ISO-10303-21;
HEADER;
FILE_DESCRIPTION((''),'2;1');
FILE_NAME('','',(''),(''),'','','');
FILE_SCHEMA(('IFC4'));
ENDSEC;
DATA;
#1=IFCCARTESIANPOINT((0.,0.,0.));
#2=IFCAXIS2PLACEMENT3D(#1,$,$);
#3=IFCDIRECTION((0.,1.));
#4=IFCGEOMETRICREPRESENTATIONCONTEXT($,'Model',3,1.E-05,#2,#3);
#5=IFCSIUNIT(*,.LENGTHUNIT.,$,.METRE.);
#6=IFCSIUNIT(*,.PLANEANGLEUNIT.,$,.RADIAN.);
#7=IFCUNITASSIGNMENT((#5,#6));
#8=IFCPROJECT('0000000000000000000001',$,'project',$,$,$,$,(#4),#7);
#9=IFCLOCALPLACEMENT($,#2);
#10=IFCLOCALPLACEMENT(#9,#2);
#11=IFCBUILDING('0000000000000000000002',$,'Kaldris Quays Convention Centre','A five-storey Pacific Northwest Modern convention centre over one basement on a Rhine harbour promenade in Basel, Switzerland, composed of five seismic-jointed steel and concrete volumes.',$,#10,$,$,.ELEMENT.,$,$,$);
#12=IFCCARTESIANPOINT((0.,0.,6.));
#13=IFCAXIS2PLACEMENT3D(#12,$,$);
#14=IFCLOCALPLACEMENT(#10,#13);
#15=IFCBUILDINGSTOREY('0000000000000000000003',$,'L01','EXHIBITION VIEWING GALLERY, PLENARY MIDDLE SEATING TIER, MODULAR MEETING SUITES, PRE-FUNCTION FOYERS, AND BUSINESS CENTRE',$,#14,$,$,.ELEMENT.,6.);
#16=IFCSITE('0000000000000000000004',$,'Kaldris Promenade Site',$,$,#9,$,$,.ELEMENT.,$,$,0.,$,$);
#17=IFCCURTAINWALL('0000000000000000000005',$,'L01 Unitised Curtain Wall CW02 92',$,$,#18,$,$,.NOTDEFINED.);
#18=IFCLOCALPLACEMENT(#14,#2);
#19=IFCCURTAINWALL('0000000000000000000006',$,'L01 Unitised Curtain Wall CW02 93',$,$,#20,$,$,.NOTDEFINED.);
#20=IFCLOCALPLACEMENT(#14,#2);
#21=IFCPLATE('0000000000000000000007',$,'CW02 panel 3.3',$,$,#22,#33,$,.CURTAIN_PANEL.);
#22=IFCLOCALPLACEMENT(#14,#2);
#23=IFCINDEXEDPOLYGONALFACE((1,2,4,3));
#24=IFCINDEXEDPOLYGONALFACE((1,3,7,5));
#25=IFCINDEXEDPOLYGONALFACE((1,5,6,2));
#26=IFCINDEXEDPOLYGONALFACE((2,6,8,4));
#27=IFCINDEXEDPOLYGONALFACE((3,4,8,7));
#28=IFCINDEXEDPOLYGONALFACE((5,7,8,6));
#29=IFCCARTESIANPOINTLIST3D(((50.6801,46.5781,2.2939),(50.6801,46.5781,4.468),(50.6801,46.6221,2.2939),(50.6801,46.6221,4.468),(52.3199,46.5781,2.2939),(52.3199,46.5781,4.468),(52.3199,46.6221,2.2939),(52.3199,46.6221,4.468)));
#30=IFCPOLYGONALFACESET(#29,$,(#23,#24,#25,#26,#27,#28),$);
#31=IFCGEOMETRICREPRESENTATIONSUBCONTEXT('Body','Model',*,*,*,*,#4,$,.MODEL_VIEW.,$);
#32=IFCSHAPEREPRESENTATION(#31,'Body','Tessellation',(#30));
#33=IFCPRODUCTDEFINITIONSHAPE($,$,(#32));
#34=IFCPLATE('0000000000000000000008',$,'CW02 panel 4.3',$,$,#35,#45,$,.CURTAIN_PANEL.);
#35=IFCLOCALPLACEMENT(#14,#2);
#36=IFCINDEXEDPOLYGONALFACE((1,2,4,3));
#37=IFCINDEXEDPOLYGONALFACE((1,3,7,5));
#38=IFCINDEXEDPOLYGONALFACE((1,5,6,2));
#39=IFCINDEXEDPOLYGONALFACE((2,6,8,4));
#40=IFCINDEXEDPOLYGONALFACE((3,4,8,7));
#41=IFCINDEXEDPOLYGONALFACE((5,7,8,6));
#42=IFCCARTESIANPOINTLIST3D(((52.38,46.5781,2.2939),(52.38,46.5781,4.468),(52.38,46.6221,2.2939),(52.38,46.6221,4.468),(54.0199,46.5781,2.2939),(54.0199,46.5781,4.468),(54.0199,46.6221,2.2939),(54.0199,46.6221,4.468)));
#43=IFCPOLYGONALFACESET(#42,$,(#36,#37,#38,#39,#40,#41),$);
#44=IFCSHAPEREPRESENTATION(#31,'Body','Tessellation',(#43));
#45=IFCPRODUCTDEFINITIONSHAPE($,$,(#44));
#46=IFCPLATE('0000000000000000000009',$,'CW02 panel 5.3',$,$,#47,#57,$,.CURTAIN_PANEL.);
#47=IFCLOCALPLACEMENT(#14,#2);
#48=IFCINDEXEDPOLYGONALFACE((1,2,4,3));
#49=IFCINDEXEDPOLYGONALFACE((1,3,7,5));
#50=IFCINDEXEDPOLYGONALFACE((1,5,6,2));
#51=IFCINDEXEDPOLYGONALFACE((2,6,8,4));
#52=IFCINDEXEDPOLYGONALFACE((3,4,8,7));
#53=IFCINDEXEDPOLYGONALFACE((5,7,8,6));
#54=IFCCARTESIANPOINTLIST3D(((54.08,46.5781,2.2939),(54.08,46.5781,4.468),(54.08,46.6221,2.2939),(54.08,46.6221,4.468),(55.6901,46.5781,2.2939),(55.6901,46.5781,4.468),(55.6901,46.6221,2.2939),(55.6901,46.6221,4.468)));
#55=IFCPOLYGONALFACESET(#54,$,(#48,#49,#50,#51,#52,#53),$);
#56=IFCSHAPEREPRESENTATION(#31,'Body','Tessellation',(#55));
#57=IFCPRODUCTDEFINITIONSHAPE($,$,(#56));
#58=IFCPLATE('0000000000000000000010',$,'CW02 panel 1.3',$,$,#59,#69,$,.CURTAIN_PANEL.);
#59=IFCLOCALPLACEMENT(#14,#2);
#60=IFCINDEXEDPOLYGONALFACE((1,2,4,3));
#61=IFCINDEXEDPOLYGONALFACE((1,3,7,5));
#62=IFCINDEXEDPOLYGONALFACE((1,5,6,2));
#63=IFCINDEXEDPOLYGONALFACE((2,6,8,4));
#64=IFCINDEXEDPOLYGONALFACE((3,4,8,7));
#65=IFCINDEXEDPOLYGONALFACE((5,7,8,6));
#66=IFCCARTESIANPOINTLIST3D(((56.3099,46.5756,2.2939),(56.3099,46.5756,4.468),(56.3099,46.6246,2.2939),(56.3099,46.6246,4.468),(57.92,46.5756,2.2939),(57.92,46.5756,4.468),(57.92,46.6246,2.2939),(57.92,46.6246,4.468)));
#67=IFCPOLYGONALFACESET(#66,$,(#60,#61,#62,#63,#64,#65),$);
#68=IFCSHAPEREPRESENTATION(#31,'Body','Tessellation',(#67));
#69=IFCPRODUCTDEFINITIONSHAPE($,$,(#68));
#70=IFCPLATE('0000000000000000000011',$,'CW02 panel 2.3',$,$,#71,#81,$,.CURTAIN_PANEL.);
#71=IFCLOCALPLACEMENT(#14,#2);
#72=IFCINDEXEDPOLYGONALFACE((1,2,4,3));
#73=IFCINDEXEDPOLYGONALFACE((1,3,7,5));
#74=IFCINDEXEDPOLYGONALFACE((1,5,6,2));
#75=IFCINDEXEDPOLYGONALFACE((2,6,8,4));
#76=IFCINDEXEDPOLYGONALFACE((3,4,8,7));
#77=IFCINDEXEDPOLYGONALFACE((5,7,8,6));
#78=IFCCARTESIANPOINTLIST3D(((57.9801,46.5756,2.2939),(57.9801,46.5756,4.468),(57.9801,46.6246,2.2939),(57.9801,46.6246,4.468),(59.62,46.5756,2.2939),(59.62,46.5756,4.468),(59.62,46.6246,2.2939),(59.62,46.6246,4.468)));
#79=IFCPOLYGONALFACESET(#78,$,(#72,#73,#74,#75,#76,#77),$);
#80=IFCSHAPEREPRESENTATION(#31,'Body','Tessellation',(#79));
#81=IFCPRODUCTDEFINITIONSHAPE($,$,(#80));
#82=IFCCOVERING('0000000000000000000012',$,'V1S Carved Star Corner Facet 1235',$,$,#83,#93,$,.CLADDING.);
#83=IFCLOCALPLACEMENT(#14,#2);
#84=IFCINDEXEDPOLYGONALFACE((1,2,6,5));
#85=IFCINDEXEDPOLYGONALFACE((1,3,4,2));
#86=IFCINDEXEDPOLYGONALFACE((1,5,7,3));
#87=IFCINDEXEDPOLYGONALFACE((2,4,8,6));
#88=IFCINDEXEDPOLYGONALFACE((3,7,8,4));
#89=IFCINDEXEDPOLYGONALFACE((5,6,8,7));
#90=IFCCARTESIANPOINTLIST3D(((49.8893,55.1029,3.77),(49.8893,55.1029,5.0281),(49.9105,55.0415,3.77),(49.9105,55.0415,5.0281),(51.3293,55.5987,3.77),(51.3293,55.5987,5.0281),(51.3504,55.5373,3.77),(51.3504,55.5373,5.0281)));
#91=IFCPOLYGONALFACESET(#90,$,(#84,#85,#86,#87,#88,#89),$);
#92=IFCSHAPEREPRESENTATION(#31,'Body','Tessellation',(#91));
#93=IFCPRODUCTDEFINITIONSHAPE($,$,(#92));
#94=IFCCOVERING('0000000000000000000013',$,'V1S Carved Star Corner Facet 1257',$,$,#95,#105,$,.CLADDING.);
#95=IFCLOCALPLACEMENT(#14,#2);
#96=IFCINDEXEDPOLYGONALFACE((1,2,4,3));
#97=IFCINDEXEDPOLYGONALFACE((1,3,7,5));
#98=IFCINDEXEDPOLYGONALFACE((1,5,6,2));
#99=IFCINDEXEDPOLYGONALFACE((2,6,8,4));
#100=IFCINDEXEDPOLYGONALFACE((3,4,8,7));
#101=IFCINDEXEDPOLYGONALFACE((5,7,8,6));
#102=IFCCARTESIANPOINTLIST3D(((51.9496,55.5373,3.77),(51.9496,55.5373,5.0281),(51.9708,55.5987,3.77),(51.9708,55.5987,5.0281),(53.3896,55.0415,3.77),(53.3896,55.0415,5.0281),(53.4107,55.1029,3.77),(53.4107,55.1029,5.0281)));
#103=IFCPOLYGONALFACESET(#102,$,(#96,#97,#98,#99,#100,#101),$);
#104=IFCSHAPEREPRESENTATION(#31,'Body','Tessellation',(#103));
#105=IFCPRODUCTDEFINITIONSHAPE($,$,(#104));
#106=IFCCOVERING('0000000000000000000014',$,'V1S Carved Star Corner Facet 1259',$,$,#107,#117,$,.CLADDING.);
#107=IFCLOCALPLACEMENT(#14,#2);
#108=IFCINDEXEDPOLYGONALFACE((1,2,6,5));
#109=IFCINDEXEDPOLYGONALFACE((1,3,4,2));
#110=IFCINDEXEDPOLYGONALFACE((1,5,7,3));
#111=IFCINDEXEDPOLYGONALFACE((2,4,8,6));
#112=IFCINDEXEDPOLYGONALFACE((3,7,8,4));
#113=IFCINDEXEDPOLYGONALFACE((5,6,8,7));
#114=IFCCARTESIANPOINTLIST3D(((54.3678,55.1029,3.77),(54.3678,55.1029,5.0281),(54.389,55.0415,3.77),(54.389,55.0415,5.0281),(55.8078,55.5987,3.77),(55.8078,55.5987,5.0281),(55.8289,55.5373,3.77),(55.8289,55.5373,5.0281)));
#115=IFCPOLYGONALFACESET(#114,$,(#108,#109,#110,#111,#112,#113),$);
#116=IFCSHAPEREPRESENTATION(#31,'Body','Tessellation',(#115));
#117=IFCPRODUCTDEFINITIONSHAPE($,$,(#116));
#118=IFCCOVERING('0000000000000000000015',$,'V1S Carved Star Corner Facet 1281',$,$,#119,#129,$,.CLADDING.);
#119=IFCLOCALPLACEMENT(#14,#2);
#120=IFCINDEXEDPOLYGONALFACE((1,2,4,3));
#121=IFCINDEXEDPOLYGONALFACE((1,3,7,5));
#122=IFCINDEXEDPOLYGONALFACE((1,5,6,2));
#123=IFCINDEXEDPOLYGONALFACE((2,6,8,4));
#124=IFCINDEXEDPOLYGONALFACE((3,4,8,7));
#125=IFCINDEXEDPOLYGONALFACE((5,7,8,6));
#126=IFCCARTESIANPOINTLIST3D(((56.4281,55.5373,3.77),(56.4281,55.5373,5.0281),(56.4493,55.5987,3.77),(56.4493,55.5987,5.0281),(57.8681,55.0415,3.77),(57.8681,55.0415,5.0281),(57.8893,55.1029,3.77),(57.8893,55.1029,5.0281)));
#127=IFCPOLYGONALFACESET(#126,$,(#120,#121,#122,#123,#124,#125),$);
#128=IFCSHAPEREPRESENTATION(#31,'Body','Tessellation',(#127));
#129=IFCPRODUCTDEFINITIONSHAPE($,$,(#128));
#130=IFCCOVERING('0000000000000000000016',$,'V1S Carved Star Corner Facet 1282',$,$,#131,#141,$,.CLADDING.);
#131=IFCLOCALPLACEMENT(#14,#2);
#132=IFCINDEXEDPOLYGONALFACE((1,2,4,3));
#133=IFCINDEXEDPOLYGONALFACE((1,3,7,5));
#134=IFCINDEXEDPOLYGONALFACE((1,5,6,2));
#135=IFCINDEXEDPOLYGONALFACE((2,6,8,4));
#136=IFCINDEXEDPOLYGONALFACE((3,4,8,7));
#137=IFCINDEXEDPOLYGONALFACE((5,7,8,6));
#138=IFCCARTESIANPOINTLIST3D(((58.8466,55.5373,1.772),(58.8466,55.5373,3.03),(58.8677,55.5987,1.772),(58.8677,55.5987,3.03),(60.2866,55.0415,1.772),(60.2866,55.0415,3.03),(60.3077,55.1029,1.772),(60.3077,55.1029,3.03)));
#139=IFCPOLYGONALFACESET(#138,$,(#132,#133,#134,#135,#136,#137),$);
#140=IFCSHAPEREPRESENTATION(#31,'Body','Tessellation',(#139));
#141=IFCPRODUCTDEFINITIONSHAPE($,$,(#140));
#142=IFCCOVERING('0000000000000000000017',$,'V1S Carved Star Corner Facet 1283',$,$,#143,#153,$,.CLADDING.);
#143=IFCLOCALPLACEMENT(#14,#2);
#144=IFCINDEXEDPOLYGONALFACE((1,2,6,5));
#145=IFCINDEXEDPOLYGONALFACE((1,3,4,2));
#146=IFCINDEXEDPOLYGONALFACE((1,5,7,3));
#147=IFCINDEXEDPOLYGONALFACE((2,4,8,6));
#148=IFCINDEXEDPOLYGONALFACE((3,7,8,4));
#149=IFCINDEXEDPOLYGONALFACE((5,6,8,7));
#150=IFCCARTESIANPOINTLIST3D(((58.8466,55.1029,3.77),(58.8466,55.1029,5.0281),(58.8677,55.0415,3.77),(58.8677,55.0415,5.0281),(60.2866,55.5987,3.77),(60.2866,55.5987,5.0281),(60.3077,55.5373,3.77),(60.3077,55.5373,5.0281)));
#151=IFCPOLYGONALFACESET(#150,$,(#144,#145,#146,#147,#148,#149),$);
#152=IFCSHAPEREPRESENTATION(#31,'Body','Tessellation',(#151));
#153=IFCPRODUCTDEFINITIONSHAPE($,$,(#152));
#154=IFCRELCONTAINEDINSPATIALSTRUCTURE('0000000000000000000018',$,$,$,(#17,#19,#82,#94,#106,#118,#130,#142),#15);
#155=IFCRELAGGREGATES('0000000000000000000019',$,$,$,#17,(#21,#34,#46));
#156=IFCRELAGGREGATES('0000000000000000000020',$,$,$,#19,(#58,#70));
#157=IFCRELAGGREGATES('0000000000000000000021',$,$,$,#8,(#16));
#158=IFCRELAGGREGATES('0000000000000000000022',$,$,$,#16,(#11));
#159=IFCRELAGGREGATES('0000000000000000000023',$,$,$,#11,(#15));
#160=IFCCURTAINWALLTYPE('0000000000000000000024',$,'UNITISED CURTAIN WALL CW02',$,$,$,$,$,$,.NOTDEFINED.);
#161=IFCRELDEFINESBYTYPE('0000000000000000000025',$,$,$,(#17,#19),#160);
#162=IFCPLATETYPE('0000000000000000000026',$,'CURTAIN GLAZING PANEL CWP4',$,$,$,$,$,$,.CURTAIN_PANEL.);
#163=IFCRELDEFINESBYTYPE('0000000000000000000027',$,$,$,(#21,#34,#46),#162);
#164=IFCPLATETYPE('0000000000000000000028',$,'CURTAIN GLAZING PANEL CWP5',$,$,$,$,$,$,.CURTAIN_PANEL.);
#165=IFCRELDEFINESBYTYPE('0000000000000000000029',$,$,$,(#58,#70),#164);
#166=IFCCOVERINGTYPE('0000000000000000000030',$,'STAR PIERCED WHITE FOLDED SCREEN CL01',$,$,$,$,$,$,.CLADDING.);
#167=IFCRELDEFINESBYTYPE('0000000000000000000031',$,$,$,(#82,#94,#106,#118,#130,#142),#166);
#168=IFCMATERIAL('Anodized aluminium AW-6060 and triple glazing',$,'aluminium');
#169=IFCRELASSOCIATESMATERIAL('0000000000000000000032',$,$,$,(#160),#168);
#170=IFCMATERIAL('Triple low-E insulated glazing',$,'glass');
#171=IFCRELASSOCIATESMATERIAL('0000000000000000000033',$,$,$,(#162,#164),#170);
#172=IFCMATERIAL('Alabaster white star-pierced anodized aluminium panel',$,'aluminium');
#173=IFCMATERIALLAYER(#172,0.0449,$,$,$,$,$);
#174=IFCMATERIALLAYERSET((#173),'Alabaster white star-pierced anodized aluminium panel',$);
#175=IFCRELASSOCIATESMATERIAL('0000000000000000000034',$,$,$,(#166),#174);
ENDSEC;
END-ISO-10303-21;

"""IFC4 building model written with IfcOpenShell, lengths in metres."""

from ifc_helpers import new_model, si_unit, direction, frame, origin, origin_2d, place, context, subcontext, project, spatial, rectangle, extrude, material, layer, layer_set, type_object, element, aggregate, save


model = new_model("IFC4")

# Units and contexts
model_context = context("Model", 3, precision=1e-05, world=origin(), true_north=direction((0.0, 1.0)))
body_context = subcontext(model_context, "Body", "Model", "MODEL_VIEW")
ifc_project = project(units=[si_unit("LENGTHUNIT", "METRE"), si_unit("PLANEANGLEUNIT", "RADIAN")], contexts=[model_context])

# Site, building, storey
site_placement = place(None, origin())
site = spatial("IfcSite", under=ifc_project, at=site_placement, Name="Kaldris Promenade Site", CompositionType="ELEMENT", RefElevation=0.0)
building_placement = place(site_placement, origin())
building = spatial("IfcBuilding", under=site, at=building_placement, Name="Kaldris Quays Convention Centre", Description="A five-storey Pacific Northwest Modern convention centre over one basement on a Rhine harbour promenade in Basel, Switzerland, composed of five seismic-jointed steel and concrete volumes.", CompositionType="ELEMENT")
storey_placement = place(building_placement, frame((0.0, 0.0, 6.0)))
storey = spatial("IfcBuildingStorey", under=building, at=storey_placement, Name="L01", Description="EXHIBITION VIEWING GALLERY, PLENARY MIDDLE SEATING TIER, MODULAR MEETING SUITES, PRE-FUNCTION FOYERS, AND BUSINESS CENTRE", CompositionType="ELEMENT", Elevation=6.0)

# Curtain walls
ifc_material_1 = material(Name="Anodized aluminium AW-6060 and triple glazing", Category="aluminium")
curtain_wall_type = type_object("IfcCurtainWallType", Name="UNITISED CURTAIN WALL CW02", PredefinedType="NOTDEFINED", material=ifc_material_1)
curtain_wall_1_placement = place(storey_placement, origin())
curtain_wall_1 = element("IfcCurtainWall", 1, at=curtain_wall_1_placement, inside=storey, type_object=curtain_wall_type, Name="L01 Unitised Curtain Wall CW02 92", PredefinedType="NOTDEFINED")
curtain_wall_2_placement = place(storey_placement, origin())
curtain_wall_2 = element("IfcCurtainWall", 2, at=curtain_wall_2_placement, inside=storey, type_object=curtain_wall_type, Name="L01 Unitised Curtain Wall CW02 93", PredefinedType="NOTDEFINED")

# Plates
ifc_material_2 = material(Name="Triple low-E insulated glazing", Category="glass")
plate_type_1 = type_object("IfcPlateType", Name="CURTAIN GLAZING PANEL CWP4", PredefinedType="CURTAIN_PANEL", material=ifc_material_2)
plate_1_placement = place(storey_placement, frame((51.5, 46.6001, 2.2939), z_axis=(0.0, 0.0, 1.0), x_axis=(1.0, 0.0, 0.0)))
plate_1 = element("IfcPlate", 3, at=plate_1_placement, type_object=plate_type_1, Name="CW02 panel 3.3", PredefinedType="CURTAIN_PANEL", context=body_context, shape_type="SweptSolid", body=[
    extrude(rectangle(XDim=1.6399, YDim=0.0439, at=origin_2d()), origin(), (0.0, 0.0, 1.0), 2.1741),
])
plate_2_placement = place(storey_placement, frame((53.2, 46.6001, 2.2939), z_axis=(0.0, 0.0, 1.0), x_axis=(1.0, 0.0, 0.0)))
plate_2 = element("IfcPlate", 4, at=plate_2_placement, type_object=plate_type_1, Name="CW02 panel 4.3", PredefinedType="CURTAIN_PANEL", context=body_context, shape_type="SweptSolid", body=[
    extrude(rectangle(XDim=1.6399, YDim=0.0439, at=origin_2d()), origin(), (0.0, 0.0, 1.0), 2.1741),
])
plate_3_placement = place(storey_placement, frame((54.885, 46.6001, 2.2939), z_axis=(0.0, 0.0, 1.0), x_axis=(1.0, 0.0, 0.0)))
plate_3 = element("IfcPlate", 5, at=plate_3_placement, type_object=plate_type_1, Name="CW02 panel 5.3", PredefinedType="CURTAIN_PANEL", context=body_context, shape_type="SweptSolid", body=[
    extrude(rectangle(XDim=1.6101, YDim=0.0439, at=origin_2d()), origin(), (0.0, 0.0, 1.0), 2.1741),
])
aggregate(curtain_wall_1, [plate_1, plate_2, plate_3])
plate_type_2 = type_object("IfcPlateType", Name="CURTAIN GLAZING PANEL CWP5", PredefinedType="CURTAIN_PANEL", material=ifc_material_2)
plate_4_placement = place(storey_placement, frame((57.115, 46.6001, 2.2939), z_axis=(0.0, 0.0, 1.0), x_axis=(1.0, 0.0, 0.0)))
plate_4 = element("IfcPlate", 6, at=plate_4_placement, type_object=plate_type_2, Name="CW02 panel 1.3", PredefinedType="CURTAIN_PANEL", context=body_context, shape_type="SweptSolid", body=[
    extrude(rectangle(XDim=1.6101, YDim=0.0491, at=origin_2d()), origin(), (0.0, 0.0, 1.0), 2.1741),
])
plate_5_placement = place(storey_placement, frame((58.8, 46.6001, 2.2939), z_axis=(0.0, 0.0, 1.0), x_axis=(1.0, 0.0, 0.0)))
plate_5 = element("IfcPlate", 7, at=plate_5_placement, type_object=plate_type_2, Name="CW02 panel 2.3", PredefinedType="CURTAIN_PANEL", context=body_context, shape_type="SweptSolid", body=[
    extrude(rectangle(XDim=1.6399, YDim=0.0491, at=origin_2d()), origin(), (0.0, 0.0, 1.0), 2.1741),
])
aggregate(curtain_wall_2, [plate_4, plate_5])

# Coverings
ifc_material_3 = material(Name="Alabaster white star-pierced anodized aluminium panel", Category="aluminium")
ifc_layer = layer(ifc_material_3, 0.0449)
ifc_layer_set = layer_set([ifc_layer], Name="Alabaster white star-pierced anodized aluminium panel")
covering_type = type_object("IfcCoveringType", Name="STAR PIERCED WHITE FOLDED SCREEN CL01", PredefinedType="CLADDING", material=ifc_layer_set)
for number, where, z_axis, x_axis, name in (
    (8, (50.6199, 55.3201, 3.77), (0.0, 0.0, 1.0), (0.945519, 0.325568, 0.0), "V1S Carved Star Corner Facet 1235"),
    (9, (52.6802, 55.3201, 3.77), (0.0, 0.0, 1.0), (0.945519, -0.325568, 0.0), "V1S Carved Star Corner Facet 1257"),
    (10, (55.0984, 55.3201, 3.77), (0.0, 0.0, 1.0), (0.945519, 0.325568, 0.0), "V1S Carved Star Corner Facet 1259"),
    (11, (57.1587, 55.3201, 3.77), (0.0, 0.0, 1.0), (0.945519, -0.325568, 0.0), "V1S Carved Star Corner Facet 1281"),
    (12, (59.5771, 55.3201, 1.772), (0.0, 0.0, 1.0), (0.945519, -0.325568, 0.0), "V1S Carved Star Corner Facet 1282"),
    (13, (59.5771, 55.3201, 3.77), (0.0, 0.0, 1.0), (0.945519, 0.325568, 0.0), "V1S Carved Star Corner Facet 1283"),
):
    element("IfcCovering", number, at=place(storey_placement, frame(where, z_axis=z_axis, x_axis=x_axis)), inside=storey, type_object=covering_type, Name=name, PredefinedType="CLADDING", context=body_context, shape_type="SweptSolid", body=[
        extrude(rectangle(XDim=1.5229, YDim=0.0649, at=origin_2d()), origin(), (0.0, 0.0, 1.0), 1.2581),
    ])

save(model, "model.ifc")
